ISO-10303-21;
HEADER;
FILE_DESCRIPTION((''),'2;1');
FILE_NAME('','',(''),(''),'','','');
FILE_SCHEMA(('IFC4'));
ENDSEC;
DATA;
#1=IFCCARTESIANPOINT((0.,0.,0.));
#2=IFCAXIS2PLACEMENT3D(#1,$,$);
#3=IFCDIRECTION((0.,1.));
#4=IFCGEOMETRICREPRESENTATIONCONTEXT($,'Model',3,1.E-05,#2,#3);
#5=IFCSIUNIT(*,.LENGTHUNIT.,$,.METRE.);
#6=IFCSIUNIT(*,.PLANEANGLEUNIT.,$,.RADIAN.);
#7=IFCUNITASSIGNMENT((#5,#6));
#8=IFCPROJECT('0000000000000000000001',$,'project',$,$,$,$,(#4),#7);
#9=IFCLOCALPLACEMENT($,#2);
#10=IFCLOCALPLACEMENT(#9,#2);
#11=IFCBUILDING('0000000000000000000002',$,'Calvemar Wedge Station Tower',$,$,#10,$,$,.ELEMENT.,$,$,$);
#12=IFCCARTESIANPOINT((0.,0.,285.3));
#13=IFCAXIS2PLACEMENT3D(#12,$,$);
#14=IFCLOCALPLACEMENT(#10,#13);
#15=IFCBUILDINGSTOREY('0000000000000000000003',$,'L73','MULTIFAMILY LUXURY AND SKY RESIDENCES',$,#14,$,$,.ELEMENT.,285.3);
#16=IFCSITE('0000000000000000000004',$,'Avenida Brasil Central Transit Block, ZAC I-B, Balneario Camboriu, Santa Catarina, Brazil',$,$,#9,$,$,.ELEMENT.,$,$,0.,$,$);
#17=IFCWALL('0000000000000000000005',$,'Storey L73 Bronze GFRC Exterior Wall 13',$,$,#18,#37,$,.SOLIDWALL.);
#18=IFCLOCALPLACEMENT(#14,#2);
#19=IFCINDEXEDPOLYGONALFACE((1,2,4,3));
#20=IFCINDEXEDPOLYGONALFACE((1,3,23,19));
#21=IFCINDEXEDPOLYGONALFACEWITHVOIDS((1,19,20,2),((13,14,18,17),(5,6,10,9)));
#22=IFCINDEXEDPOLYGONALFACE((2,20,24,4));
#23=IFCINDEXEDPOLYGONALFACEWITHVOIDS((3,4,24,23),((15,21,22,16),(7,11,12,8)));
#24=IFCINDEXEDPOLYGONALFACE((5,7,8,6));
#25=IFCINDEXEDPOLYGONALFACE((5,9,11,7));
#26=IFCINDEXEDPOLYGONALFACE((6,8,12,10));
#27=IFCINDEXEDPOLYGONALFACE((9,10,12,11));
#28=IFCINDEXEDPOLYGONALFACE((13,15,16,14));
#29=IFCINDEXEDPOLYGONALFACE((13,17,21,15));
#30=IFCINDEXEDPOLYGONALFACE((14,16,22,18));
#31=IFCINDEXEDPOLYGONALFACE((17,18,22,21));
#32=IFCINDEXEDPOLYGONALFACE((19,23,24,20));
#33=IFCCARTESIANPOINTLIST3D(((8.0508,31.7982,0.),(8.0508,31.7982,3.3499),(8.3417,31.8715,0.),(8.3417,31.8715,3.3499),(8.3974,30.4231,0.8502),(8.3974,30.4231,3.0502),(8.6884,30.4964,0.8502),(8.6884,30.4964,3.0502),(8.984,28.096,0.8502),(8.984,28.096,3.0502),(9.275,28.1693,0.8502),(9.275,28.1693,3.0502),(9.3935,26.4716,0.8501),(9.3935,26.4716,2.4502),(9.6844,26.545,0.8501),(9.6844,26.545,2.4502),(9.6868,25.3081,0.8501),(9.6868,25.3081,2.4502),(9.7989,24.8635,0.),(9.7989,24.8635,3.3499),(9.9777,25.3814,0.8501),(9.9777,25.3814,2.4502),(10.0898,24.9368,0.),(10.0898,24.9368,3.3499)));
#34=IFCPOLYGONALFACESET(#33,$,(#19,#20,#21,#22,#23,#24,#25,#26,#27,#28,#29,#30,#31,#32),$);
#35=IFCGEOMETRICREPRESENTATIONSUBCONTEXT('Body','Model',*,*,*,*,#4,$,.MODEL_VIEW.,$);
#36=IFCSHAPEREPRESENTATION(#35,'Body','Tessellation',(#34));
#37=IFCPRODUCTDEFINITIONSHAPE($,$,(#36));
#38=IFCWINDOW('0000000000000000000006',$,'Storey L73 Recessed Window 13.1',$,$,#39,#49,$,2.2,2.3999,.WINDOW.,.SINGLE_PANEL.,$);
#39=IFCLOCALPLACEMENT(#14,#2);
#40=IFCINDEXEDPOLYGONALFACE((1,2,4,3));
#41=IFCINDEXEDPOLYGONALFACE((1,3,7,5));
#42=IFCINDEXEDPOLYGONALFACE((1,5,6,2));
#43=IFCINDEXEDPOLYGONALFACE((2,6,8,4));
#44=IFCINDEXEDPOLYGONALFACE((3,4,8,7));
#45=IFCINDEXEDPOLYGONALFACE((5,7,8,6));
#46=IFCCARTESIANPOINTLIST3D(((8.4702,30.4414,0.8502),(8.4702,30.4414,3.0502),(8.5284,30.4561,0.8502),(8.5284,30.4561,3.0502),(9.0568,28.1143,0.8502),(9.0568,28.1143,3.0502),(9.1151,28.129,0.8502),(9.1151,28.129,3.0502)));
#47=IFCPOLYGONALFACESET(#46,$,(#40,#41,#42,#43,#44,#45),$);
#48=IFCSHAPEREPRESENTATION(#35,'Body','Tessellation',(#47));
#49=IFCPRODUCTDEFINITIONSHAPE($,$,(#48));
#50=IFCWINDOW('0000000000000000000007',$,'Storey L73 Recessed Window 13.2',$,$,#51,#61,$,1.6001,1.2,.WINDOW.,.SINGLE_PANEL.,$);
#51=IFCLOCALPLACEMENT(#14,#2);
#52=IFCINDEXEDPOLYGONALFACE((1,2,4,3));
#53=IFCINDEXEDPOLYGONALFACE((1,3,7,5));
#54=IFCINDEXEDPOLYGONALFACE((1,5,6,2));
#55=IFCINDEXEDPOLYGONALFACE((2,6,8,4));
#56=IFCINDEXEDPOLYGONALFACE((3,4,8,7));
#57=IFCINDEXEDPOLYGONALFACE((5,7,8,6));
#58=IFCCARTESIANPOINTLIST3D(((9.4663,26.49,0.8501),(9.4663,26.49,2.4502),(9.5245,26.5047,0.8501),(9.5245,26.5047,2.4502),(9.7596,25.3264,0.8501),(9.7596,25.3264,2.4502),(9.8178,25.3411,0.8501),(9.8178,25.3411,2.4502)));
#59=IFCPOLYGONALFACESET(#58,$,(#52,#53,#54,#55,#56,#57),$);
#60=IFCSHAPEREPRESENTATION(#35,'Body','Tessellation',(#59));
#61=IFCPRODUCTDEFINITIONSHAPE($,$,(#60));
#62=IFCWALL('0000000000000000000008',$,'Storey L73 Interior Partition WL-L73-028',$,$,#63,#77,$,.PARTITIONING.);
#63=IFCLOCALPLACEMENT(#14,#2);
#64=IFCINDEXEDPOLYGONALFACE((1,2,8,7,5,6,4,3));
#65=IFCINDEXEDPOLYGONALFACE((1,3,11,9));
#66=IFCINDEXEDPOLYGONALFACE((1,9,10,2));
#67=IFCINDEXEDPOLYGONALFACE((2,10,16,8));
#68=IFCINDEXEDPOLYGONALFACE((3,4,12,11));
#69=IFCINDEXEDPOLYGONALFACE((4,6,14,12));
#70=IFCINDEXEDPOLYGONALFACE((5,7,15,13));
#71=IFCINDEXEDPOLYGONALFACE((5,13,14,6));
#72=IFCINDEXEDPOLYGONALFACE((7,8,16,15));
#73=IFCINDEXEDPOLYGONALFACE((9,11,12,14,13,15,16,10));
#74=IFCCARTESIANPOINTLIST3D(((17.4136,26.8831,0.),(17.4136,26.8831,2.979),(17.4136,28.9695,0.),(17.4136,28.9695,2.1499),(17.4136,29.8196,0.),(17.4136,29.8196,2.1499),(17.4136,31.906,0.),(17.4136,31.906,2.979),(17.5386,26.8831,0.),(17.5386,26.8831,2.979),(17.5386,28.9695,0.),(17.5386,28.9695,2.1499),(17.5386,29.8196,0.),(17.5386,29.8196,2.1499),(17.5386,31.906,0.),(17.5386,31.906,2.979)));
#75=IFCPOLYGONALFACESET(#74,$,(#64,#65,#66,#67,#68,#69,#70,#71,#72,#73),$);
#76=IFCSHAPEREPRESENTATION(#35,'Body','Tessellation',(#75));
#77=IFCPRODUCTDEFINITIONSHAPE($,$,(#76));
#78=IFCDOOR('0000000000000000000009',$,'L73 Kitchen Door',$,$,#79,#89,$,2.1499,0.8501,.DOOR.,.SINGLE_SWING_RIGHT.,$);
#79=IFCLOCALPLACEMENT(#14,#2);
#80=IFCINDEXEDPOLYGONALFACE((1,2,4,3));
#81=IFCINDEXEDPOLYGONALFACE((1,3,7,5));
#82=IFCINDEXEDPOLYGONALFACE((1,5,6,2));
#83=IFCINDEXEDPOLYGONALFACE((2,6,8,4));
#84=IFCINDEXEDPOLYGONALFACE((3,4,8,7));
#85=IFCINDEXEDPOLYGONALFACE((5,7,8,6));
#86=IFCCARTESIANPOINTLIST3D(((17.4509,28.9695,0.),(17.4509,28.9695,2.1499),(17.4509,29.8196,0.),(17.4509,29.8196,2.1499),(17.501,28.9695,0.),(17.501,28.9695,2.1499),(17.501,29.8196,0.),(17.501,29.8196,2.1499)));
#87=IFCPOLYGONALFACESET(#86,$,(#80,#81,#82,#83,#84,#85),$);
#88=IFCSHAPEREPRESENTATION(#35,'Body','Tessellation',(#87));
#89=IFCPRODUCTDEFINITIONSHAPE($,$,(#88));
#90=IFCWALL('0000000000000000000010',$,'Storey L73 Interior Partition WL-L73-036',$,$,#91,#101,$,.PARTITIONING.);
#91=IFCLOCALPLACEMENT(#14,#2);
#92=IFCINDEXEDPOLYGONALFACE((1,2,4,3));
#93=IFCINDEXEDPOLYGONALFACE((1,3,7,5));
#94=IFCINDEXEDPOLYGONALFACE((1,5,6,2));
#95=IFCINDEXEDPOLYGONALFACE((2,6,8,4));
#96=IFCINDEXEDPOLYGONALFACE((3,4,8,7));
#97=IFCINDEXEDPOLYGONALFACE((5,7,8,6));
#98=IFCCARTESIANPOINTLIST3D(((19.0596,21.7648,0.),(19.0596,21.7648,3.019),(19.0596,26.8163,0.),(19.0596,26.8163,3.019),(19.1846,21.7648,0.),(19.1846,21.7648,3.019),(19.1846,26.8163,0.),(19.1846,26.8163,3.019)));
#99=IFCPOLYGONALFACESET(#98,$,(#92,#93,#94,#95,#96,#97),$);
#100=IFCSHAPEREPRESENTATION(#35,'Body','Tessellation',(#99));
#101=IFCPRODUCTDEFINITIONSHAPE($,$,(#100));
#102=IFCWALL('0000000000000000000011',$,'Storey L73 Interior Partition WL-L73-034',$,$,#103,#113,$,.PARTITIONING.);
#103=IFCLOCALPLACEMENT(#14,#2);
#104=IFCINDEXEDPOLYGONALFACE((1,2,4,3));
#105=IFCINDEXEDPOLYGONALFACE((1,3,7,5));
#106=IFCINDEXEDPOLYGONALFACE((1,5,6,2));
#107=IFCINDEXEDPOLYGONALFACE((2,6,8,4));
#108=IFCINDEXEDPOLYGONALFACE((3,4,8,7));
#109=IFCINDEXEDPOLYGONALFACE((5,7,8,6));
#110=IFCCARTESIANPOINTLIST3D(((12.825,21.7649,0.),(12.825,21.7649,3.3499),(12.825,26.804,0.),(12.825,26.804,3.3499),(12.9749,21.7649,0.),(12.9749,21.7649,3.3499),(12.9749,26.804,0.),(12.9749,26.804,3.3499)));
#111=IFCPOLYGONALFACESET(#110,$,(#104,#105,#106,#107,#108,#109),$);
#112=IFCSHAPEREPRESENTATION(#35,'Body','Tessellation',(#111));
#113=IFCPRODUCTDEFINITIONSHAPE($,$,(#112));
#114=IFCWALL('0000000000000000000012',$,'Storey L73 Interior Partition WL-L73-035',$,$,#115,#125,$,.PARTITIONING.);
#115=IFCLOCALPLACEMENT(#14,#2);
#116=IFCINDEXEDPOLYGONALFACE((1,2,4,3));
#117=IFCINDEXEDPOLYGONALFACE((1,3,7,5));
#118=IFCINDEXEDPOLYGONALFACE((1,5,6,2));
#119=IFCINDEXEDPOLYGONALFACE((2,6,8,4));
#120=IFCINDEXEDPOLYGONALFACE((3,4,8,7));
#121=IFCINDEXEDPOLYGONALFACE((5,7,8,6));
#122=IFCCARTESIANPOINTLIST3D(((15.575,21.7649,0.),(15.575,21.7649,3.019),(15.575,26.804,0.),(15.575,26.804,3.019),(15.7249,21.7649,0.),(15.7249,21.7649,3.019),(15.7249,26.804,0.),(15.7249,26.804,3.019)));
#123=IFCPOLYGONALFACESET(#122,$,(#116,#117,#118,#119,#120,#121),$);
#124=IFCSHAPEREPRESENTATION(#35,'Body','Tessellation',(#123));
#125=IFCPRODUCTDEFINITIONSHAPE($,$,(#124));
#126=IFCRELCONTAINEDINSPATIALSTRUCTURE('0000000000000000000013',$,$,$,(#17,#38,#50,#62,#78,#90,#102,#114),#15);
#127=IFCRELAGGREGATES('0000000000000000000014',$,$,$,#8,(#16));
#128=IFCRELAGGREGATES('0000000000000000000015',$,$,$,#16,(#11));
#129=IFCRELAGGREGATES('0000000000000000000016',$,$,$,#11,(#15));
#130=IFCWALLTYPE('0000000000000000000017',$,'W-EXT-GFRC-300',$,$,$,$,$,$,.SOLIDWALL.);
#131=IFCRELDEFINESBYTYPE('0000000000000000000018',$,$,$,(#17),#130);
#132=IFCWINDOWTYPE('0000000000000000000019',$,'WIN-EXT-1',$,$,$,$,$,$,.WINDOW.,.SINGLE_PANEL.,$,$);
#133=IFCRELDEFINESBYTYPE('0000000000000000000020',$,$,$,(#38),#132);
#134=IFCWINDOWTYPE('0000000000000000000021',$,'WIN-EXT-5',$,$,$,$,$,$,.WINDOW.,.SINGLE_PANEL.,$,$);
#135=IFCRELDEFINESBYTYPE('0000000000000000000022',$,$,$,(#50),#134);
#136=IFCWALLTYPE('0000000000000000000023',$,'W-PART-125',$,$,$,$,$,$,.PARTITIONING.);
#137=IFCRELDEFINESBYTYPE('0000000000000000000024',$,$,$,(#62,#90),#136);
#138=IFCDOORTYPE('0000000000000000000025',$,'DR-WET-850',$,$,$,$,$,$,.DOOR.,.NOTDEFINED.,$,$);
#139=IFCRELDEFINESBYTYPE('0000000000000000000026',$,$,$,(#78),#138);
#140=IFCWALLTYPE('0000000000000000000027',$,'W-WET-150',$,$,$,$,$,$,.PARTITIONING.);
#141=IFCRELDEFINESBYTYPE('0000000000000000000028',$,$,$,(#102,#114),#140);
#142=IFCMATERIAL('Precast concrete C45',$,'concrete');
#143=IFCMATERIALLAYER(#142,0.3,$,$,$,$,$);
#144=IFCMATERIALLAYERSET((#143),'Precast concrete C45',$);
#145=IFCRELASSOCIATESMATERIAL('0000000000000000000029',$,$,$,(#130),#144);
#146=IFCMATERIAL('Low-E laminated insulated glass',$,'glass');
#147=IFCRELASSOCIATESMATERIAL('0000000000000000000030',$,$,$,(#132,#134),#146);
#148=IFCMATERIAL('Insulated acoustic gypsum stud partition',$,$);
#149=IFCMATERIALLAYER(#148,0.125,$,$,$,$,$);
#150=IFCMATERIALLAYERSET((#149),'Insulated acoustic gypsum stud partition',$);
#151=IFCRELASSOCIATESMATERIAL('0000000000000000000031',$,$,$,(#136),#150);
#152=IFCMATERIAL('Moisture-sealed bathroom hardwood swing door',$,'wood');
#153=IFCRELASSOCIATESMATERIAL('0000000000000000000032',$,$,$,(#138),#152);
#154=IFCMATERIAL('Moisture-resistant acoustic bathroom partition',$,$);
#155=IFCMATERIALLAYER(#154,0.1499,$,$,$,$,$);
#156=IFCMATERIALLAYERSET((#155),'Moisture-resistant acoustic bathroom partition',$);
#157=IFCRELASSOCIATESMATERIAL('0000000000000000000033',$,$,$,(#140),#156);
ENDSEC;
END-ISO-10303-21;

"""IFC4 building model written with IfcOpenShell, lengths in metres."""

from ifc_helpers import new_model, si_unit, direction, frame, frame_2d, origin, place, context, subcontext, project, spatial, rectangle, extrude, source, transform, mapped, material, layer, layer_set, type_object, element, fill, save


model = new_model("IFC4")

# Units and contexts
model_context = context("Model", 3, precision=1e-05, world=origin(), true_north=direction((0.0, 1.0)))
body_context = subcontext(model_context, "Body", "Model", "MODEL_VIEW")
ifc_project = project(units=[si_unit("LENGTHUNIT", "METRE"), si_unit("PLANEANGLEUNIT", "RADIAN")], contexts=[model_context])

# Site, building, storey
site_placement = place(None, origin())
site = spatial("IfcSite", under=ifc_project, at=site_placement, Name="Avenida Brasil Central Transit Block, ZAC I-B, Balneario Camboriu, Santa Catarina, Brazil", CompositionType="ELEMENT", RefElevation=0.0)
building_placement = place(site_placement, origin())
building = spatial("IfcBuilding", under=site, at=building_placement, Name="Calvemar Wedge Station Tower", CompositionType="ELEMENT")
storey_placement = place(building_placement, frame((0.0, 0.0, 285.3)))
storey = spatial("IfcBuildingStorey", under=building, at=storey_placement, Name="L73", Description="MULTIFAMILY LUXURY AND SKY RESIDENCES", CompositionType="ELEMENT", Elevation=285.3)

# Shared definitions
ifc_material_1 = material(Name="Precast concrete C45", Category="concrete")
ifc_layer_1 = layer(ifc_material_1, 0.3)
ifc_layer_set_1 = layer_set([ifc_layer_1], Name="Precast concrete C45")
wall_type_1 = type_object("IfcWallType", Name="W-EXT-GFRC-300", PredefinedType="SOLIDWALL", material=ifc_layer_set_1)
shared_shape_1 = source(origin(), body_context, "Body", "SweptSolid", [
    extrude(rectangle(XDim=2.3999, YDim=2.2, at=frame_2d((1.2, 1.1001))), frame((0.0, 0.1602, 0.0), z_axis=(0.0, -1.0, 0.0), x_axis=(1.0, 0.0, 0.0)), (0.0, 0.0, 1.0), 0.3201),
])
ifc_material_2 = material(Name="Low-E laminated insulated glass", Category="glass")
window_type_1 = type_object("IfcWindowType", Name="WIN-EXT-1", PartitioningType="SINGLE_PANEL", PredefinedType="WINDOW", material=ifc_material_2)
shared_shape_2 = source(origin(), body_context, "Body", "SweptSolid", [
    extrude(rectangle(XDim=2.3999, YDim=2.2, at=frame_2d((1.2, 1.1001))), frame((0.0, -0.0149, 0.0), z_axis=(0.0, -1.0, 0.0), x_axis=(1.0, 0.0, 0.0)), (0.0, 0.0, 1.0), 0.0601),
])

# Wall, openings, windows
wall_1_placement = place(storey_placement, frame((8.1963, 31.8347, 0.0), z_axis=(0.0, 0.0, 1.0), x_axis=(0.244431, -0.969667, 0.0)))
wall_1 = element("IfcWall", 1, at=wall_1_placement, inside=storey, type_object=wall_type_1, Name="Storey L73 Bronze GFRC Exterior Wall 13", PredefinedType="SOLIDWALL", context=body_context, shape_type="SweptSolid", body=[
    extrude(rectangle(XDim=7.1516, YDim=0.3, at=frame_2d((3.5757, 0.0))), origin(), (0.0, 0.0, 1.0), 3.3499),
])
opening_1_placement = place(wall_1_placement, frame((1.418, 0.0, 0.8501)))
opening_1 = element("IfcOpeningElement", 2, at=opening_1_placement, cuts=wall_1, PredefinedType="OPENING", context=body_context, shape_type="MappedRepresentation", body=[
    mapped(shared_shape_1, transform((0.0, 0.0, 0.0), scale=1.0)),
])
shared_shape_3 = source(origin(), body_context, "Body", "SweptSolid", [
    extrude(rectangle(XDim=1.2, YDim=1.6001, at=frame_2d((0.6001, 0.8))), frame((0.0, 0.1602, 0.0), z_axis=(0.0, -1.0, 0.0), x_axis=(1.0, 0.0, 0.0)), (0.0, 0.0, 1.0), 0.3201),
])
opening_2_placement = place(wall_1_placement, frame((5.4929, 0.0, 0.8501)))
opening_2 = element("IfcOpeningElement", 3, at=opening_2_placement, cuts=wall_1, PredefinedType="OPENING", context=body_context, shape_type="MappedRepresentation", body=[
    mapped(shared_shape_3, transform((0.0, 0.0, 0.0), scale=1.0)),
])
window_1_placement = place(opening_1_placement, origin())
window_1 = element("IfcWindow", 4, at=window_1_placement, inside=storey, type_object=window_type_1, Name="Storey L73 Recessed Window 13.1", OverallHeight=2.2, OverallWidth=2.3999, PartitioningType="SINGLE_PANEL", PredefinedType="WINDOW", context=body_context, shape_type="MappedRepresentation", body=[
    mapped(shared_shape_2, transform((0.0, 0.0, 0.0), scale=1.0)),
])
fill(opening_1, window_1)
window_type_2 = type_object("IfcWindowType", Name="WIN-EXT-5", PartitioningType="SINGLE_PANEL", PredefinedType="WINDOW", material=ifc_material_2)
shared_shape_4 = source(origin(), body_context, "Body", "SweptSolid", [
    extrude(rectangle(XDim=1.2, YDim=1.6001, at=frame_2d((0.6001, 0.8))), frame((0.0, -0.0149, 0.0), z_axis=(0.0, -1.0, 0.0), x_axis=(1.0, 0.0, 0.0)), (0.0, 0.0, 1.0), 0.0601),
])
window_2_placement = place(opening_2_placement, origin())
window_2 = element("IfcWindow", 5, at=window_2_placement, inside=storey, type_object=window_type_2, Name="Storey L73 Recessed Window 13.2", OverallHeight=1.6001, OverallWidth=1.2, PartitioningType="SINGLE_PANEL", PredefinedType="WINDOW", context=body_context, shape_type="MappedRepresentation", body=[
    mapped(shared_shape_4, transform((0.0, 0.0, 0.0), scale=1.0)),
])
fill(opening_2, window_2)

# Wall, opening, door
ifc_material_3 = material(Name="Insulated acoustic gypsum stud partition")
ifc_layer_2 = layer(ifc_material_3, 0.125)
ifc_layer_set_2 = layer_set([ifc_layer_2], Name="Insulated acoustic gypsum stud partition")
wall_type_2 = type_object("IfcWallType", Name="W-PART-125", PredefinedType="PARTITIONING", material=ifc_layer_set_2)
wall_2_placement = place(storey_placement, frame((17.4761, 31.906, 0.0), z_axis=(0.0, 0.0, 1.0), x_axis=(0.0, -1.0, 0.0)))
wall_2 = element("IfcWall", 6, at=wall_2_placement, inside=storey, type_object=wall_type_2, Name="Storey L73 Interior Partition WL-L73-028", PredefinedType="PARTITIONING", context=body_context, shape_type="SweptSolid", body=[
    extrude(rectangle(XDim=5.0229, YDim=0.125, at=frame_2d((2.5115, 0.0))), origin(), (0.0, 0.0, 1.0), 2.979),
])
shared_shape_5 = source(origin(), body_context, "Body", "SweptSolid", [
    extrude(rectangle(XDim=0.8501, YDim=2.1499, at=frame_2d((0.425, 1.075))), frame((0.0, 0.0725, 0.0), z_axis=(0.0, -1.0, 0.0), x_axis=(1.0, 0.0, 0.0)), (0.0, 0.0, 1.0), 0.145),
])
opening_3_placement = place(wall_2_placement, frame((2.0864, 0.0, 0.0)))
opening_3 = element("IfcOpeningElement", 7, at=opening_3_placement, cuts=wall_2, PredefinedType="OPENING", context=body_context, shape_type="MappedRepresentation", body=[
    mapped(shared_shape_5, transform((0.0, 0.0, 0.0), scale=1.0)),
])
ifc_material_4 = material(Name="Moisture-sealed bathroom hardwood swing door", Category="wood")
door_type_1 = type_object("IfcDoorType", Name="DR-WET-850", OperationType="NOTDEFINED", PredefinedType="DOOR", material=ifc_material_4)
shared_shape_6 = source(origin(), body_context, "Body", "SweptSolid", [
    extrude(rectangle(XDim=0.8501, YDim=2.1499, at=frame_2d((0.425, 1.075))), frame((0.0, 0.0249, 0.0), z_axis=(0.0, -1.0, 0.0), x_axis=(1.0, 0.0, 0.0)), (0.0, 0.0, 1.0), 0.05),
])
door_1_placement = place(opening_3_placement, origin())
door_1 = element("IfcDoor", 8, at=door_1_placement, inside=storey, type_object=door_type_1, Name="L73 Kitchen Door", OperationType="SINGLE_SWING_RIGHT", OverallHeight=2.1499, OverallWidth=0.8501, PredefinedType="DOOR", context=body_context, shape_type="MappedRepresentation", body=[
    mapped(shared_shape_6, transform((0.0, 0.0, 0.0), scale=1.0)),
])
fill(opening_3, door_1)

# Wall
wall_3_placement = place(storey_placement, frame((19.1221, 26.8164, 0.0), z_axis=(0.0, 0.0, 1.0), x_axis=(0.0, -1.0, 0.0)))
element("IfcWall", 9, at=wall_3_placement, inside=storey, type_object=wall_type_2, Name="Storey L73 Interior Partition WL-L73-036", PredefinedType="PARTITIONING", context=body_context, shape_type="SweptSolid", body=[
    extrude(rectangle(XDim=5.0515, YDim=0.125, at=frame_2d((2.5259, 0.0))), origin(), (0.0, 0.0, 1.0), 3.019),
])

# Shared definitions
ifc_material_5 = material(Name="Moisture-resistant acoustic bathroom partition")
ifc_layer_3 = layer(ifc_material_5, 0.1499)
ifc_layer_set_3 = layer_set([ifc_layer_3], Name="Moisture-resistant acoustic bathroom partition")
wall_type_3 = type_object("IfcWallType", Name="W-WET-150", PredefinedType="PARTITIONING", material=ifc_layer_set_3)

# Walls
wall_4_placement = place(storey_placement, frame((12.8999, 21.7649, 0.0), z_axis=(0.0, 0.0, 1.0), x_axis=(0.0, 1.0, 0.0)))
element("IfcWall", 10, at=wall_4_placement, inside=storey, type_object=wall_type_3, Name="Storey L73 Interior Partition WL-L73-034", PredefinedType="PARTITIONING", context=body_context, shape_type="SweptSolid", body=[
    extrude(rectangle(XDim=5.0391, YDim=0.1499, at=frame_2d((2.5195, 0.0))), origin(), (0.0, 0.0, 1.0), 3.3499),
])
wall_5_placement = place(storey_placement, frame((15.6499, 26.804, 0.0), z_axis=(0.0, 0.0, 1.0), x_axis=(0.0, -1.0, 0.0)))
element("IfcWall", 11, at=wall_5_placement, inside=storey, type_object=wall_type_3, Name="Storey L73 Interior Partition WL-L73-035", PredefinedType="PARTITIONING", context=body_context, shape_type="SweptSolid", body=[
    extrude(rectangle(XDim=5.0391, YDim=0.1499, at=frame_2d((2.5195, 0.0))), origin(), (0.0, 0.0, 1.0), 3.019),
])

save(model, "model.ifc")
